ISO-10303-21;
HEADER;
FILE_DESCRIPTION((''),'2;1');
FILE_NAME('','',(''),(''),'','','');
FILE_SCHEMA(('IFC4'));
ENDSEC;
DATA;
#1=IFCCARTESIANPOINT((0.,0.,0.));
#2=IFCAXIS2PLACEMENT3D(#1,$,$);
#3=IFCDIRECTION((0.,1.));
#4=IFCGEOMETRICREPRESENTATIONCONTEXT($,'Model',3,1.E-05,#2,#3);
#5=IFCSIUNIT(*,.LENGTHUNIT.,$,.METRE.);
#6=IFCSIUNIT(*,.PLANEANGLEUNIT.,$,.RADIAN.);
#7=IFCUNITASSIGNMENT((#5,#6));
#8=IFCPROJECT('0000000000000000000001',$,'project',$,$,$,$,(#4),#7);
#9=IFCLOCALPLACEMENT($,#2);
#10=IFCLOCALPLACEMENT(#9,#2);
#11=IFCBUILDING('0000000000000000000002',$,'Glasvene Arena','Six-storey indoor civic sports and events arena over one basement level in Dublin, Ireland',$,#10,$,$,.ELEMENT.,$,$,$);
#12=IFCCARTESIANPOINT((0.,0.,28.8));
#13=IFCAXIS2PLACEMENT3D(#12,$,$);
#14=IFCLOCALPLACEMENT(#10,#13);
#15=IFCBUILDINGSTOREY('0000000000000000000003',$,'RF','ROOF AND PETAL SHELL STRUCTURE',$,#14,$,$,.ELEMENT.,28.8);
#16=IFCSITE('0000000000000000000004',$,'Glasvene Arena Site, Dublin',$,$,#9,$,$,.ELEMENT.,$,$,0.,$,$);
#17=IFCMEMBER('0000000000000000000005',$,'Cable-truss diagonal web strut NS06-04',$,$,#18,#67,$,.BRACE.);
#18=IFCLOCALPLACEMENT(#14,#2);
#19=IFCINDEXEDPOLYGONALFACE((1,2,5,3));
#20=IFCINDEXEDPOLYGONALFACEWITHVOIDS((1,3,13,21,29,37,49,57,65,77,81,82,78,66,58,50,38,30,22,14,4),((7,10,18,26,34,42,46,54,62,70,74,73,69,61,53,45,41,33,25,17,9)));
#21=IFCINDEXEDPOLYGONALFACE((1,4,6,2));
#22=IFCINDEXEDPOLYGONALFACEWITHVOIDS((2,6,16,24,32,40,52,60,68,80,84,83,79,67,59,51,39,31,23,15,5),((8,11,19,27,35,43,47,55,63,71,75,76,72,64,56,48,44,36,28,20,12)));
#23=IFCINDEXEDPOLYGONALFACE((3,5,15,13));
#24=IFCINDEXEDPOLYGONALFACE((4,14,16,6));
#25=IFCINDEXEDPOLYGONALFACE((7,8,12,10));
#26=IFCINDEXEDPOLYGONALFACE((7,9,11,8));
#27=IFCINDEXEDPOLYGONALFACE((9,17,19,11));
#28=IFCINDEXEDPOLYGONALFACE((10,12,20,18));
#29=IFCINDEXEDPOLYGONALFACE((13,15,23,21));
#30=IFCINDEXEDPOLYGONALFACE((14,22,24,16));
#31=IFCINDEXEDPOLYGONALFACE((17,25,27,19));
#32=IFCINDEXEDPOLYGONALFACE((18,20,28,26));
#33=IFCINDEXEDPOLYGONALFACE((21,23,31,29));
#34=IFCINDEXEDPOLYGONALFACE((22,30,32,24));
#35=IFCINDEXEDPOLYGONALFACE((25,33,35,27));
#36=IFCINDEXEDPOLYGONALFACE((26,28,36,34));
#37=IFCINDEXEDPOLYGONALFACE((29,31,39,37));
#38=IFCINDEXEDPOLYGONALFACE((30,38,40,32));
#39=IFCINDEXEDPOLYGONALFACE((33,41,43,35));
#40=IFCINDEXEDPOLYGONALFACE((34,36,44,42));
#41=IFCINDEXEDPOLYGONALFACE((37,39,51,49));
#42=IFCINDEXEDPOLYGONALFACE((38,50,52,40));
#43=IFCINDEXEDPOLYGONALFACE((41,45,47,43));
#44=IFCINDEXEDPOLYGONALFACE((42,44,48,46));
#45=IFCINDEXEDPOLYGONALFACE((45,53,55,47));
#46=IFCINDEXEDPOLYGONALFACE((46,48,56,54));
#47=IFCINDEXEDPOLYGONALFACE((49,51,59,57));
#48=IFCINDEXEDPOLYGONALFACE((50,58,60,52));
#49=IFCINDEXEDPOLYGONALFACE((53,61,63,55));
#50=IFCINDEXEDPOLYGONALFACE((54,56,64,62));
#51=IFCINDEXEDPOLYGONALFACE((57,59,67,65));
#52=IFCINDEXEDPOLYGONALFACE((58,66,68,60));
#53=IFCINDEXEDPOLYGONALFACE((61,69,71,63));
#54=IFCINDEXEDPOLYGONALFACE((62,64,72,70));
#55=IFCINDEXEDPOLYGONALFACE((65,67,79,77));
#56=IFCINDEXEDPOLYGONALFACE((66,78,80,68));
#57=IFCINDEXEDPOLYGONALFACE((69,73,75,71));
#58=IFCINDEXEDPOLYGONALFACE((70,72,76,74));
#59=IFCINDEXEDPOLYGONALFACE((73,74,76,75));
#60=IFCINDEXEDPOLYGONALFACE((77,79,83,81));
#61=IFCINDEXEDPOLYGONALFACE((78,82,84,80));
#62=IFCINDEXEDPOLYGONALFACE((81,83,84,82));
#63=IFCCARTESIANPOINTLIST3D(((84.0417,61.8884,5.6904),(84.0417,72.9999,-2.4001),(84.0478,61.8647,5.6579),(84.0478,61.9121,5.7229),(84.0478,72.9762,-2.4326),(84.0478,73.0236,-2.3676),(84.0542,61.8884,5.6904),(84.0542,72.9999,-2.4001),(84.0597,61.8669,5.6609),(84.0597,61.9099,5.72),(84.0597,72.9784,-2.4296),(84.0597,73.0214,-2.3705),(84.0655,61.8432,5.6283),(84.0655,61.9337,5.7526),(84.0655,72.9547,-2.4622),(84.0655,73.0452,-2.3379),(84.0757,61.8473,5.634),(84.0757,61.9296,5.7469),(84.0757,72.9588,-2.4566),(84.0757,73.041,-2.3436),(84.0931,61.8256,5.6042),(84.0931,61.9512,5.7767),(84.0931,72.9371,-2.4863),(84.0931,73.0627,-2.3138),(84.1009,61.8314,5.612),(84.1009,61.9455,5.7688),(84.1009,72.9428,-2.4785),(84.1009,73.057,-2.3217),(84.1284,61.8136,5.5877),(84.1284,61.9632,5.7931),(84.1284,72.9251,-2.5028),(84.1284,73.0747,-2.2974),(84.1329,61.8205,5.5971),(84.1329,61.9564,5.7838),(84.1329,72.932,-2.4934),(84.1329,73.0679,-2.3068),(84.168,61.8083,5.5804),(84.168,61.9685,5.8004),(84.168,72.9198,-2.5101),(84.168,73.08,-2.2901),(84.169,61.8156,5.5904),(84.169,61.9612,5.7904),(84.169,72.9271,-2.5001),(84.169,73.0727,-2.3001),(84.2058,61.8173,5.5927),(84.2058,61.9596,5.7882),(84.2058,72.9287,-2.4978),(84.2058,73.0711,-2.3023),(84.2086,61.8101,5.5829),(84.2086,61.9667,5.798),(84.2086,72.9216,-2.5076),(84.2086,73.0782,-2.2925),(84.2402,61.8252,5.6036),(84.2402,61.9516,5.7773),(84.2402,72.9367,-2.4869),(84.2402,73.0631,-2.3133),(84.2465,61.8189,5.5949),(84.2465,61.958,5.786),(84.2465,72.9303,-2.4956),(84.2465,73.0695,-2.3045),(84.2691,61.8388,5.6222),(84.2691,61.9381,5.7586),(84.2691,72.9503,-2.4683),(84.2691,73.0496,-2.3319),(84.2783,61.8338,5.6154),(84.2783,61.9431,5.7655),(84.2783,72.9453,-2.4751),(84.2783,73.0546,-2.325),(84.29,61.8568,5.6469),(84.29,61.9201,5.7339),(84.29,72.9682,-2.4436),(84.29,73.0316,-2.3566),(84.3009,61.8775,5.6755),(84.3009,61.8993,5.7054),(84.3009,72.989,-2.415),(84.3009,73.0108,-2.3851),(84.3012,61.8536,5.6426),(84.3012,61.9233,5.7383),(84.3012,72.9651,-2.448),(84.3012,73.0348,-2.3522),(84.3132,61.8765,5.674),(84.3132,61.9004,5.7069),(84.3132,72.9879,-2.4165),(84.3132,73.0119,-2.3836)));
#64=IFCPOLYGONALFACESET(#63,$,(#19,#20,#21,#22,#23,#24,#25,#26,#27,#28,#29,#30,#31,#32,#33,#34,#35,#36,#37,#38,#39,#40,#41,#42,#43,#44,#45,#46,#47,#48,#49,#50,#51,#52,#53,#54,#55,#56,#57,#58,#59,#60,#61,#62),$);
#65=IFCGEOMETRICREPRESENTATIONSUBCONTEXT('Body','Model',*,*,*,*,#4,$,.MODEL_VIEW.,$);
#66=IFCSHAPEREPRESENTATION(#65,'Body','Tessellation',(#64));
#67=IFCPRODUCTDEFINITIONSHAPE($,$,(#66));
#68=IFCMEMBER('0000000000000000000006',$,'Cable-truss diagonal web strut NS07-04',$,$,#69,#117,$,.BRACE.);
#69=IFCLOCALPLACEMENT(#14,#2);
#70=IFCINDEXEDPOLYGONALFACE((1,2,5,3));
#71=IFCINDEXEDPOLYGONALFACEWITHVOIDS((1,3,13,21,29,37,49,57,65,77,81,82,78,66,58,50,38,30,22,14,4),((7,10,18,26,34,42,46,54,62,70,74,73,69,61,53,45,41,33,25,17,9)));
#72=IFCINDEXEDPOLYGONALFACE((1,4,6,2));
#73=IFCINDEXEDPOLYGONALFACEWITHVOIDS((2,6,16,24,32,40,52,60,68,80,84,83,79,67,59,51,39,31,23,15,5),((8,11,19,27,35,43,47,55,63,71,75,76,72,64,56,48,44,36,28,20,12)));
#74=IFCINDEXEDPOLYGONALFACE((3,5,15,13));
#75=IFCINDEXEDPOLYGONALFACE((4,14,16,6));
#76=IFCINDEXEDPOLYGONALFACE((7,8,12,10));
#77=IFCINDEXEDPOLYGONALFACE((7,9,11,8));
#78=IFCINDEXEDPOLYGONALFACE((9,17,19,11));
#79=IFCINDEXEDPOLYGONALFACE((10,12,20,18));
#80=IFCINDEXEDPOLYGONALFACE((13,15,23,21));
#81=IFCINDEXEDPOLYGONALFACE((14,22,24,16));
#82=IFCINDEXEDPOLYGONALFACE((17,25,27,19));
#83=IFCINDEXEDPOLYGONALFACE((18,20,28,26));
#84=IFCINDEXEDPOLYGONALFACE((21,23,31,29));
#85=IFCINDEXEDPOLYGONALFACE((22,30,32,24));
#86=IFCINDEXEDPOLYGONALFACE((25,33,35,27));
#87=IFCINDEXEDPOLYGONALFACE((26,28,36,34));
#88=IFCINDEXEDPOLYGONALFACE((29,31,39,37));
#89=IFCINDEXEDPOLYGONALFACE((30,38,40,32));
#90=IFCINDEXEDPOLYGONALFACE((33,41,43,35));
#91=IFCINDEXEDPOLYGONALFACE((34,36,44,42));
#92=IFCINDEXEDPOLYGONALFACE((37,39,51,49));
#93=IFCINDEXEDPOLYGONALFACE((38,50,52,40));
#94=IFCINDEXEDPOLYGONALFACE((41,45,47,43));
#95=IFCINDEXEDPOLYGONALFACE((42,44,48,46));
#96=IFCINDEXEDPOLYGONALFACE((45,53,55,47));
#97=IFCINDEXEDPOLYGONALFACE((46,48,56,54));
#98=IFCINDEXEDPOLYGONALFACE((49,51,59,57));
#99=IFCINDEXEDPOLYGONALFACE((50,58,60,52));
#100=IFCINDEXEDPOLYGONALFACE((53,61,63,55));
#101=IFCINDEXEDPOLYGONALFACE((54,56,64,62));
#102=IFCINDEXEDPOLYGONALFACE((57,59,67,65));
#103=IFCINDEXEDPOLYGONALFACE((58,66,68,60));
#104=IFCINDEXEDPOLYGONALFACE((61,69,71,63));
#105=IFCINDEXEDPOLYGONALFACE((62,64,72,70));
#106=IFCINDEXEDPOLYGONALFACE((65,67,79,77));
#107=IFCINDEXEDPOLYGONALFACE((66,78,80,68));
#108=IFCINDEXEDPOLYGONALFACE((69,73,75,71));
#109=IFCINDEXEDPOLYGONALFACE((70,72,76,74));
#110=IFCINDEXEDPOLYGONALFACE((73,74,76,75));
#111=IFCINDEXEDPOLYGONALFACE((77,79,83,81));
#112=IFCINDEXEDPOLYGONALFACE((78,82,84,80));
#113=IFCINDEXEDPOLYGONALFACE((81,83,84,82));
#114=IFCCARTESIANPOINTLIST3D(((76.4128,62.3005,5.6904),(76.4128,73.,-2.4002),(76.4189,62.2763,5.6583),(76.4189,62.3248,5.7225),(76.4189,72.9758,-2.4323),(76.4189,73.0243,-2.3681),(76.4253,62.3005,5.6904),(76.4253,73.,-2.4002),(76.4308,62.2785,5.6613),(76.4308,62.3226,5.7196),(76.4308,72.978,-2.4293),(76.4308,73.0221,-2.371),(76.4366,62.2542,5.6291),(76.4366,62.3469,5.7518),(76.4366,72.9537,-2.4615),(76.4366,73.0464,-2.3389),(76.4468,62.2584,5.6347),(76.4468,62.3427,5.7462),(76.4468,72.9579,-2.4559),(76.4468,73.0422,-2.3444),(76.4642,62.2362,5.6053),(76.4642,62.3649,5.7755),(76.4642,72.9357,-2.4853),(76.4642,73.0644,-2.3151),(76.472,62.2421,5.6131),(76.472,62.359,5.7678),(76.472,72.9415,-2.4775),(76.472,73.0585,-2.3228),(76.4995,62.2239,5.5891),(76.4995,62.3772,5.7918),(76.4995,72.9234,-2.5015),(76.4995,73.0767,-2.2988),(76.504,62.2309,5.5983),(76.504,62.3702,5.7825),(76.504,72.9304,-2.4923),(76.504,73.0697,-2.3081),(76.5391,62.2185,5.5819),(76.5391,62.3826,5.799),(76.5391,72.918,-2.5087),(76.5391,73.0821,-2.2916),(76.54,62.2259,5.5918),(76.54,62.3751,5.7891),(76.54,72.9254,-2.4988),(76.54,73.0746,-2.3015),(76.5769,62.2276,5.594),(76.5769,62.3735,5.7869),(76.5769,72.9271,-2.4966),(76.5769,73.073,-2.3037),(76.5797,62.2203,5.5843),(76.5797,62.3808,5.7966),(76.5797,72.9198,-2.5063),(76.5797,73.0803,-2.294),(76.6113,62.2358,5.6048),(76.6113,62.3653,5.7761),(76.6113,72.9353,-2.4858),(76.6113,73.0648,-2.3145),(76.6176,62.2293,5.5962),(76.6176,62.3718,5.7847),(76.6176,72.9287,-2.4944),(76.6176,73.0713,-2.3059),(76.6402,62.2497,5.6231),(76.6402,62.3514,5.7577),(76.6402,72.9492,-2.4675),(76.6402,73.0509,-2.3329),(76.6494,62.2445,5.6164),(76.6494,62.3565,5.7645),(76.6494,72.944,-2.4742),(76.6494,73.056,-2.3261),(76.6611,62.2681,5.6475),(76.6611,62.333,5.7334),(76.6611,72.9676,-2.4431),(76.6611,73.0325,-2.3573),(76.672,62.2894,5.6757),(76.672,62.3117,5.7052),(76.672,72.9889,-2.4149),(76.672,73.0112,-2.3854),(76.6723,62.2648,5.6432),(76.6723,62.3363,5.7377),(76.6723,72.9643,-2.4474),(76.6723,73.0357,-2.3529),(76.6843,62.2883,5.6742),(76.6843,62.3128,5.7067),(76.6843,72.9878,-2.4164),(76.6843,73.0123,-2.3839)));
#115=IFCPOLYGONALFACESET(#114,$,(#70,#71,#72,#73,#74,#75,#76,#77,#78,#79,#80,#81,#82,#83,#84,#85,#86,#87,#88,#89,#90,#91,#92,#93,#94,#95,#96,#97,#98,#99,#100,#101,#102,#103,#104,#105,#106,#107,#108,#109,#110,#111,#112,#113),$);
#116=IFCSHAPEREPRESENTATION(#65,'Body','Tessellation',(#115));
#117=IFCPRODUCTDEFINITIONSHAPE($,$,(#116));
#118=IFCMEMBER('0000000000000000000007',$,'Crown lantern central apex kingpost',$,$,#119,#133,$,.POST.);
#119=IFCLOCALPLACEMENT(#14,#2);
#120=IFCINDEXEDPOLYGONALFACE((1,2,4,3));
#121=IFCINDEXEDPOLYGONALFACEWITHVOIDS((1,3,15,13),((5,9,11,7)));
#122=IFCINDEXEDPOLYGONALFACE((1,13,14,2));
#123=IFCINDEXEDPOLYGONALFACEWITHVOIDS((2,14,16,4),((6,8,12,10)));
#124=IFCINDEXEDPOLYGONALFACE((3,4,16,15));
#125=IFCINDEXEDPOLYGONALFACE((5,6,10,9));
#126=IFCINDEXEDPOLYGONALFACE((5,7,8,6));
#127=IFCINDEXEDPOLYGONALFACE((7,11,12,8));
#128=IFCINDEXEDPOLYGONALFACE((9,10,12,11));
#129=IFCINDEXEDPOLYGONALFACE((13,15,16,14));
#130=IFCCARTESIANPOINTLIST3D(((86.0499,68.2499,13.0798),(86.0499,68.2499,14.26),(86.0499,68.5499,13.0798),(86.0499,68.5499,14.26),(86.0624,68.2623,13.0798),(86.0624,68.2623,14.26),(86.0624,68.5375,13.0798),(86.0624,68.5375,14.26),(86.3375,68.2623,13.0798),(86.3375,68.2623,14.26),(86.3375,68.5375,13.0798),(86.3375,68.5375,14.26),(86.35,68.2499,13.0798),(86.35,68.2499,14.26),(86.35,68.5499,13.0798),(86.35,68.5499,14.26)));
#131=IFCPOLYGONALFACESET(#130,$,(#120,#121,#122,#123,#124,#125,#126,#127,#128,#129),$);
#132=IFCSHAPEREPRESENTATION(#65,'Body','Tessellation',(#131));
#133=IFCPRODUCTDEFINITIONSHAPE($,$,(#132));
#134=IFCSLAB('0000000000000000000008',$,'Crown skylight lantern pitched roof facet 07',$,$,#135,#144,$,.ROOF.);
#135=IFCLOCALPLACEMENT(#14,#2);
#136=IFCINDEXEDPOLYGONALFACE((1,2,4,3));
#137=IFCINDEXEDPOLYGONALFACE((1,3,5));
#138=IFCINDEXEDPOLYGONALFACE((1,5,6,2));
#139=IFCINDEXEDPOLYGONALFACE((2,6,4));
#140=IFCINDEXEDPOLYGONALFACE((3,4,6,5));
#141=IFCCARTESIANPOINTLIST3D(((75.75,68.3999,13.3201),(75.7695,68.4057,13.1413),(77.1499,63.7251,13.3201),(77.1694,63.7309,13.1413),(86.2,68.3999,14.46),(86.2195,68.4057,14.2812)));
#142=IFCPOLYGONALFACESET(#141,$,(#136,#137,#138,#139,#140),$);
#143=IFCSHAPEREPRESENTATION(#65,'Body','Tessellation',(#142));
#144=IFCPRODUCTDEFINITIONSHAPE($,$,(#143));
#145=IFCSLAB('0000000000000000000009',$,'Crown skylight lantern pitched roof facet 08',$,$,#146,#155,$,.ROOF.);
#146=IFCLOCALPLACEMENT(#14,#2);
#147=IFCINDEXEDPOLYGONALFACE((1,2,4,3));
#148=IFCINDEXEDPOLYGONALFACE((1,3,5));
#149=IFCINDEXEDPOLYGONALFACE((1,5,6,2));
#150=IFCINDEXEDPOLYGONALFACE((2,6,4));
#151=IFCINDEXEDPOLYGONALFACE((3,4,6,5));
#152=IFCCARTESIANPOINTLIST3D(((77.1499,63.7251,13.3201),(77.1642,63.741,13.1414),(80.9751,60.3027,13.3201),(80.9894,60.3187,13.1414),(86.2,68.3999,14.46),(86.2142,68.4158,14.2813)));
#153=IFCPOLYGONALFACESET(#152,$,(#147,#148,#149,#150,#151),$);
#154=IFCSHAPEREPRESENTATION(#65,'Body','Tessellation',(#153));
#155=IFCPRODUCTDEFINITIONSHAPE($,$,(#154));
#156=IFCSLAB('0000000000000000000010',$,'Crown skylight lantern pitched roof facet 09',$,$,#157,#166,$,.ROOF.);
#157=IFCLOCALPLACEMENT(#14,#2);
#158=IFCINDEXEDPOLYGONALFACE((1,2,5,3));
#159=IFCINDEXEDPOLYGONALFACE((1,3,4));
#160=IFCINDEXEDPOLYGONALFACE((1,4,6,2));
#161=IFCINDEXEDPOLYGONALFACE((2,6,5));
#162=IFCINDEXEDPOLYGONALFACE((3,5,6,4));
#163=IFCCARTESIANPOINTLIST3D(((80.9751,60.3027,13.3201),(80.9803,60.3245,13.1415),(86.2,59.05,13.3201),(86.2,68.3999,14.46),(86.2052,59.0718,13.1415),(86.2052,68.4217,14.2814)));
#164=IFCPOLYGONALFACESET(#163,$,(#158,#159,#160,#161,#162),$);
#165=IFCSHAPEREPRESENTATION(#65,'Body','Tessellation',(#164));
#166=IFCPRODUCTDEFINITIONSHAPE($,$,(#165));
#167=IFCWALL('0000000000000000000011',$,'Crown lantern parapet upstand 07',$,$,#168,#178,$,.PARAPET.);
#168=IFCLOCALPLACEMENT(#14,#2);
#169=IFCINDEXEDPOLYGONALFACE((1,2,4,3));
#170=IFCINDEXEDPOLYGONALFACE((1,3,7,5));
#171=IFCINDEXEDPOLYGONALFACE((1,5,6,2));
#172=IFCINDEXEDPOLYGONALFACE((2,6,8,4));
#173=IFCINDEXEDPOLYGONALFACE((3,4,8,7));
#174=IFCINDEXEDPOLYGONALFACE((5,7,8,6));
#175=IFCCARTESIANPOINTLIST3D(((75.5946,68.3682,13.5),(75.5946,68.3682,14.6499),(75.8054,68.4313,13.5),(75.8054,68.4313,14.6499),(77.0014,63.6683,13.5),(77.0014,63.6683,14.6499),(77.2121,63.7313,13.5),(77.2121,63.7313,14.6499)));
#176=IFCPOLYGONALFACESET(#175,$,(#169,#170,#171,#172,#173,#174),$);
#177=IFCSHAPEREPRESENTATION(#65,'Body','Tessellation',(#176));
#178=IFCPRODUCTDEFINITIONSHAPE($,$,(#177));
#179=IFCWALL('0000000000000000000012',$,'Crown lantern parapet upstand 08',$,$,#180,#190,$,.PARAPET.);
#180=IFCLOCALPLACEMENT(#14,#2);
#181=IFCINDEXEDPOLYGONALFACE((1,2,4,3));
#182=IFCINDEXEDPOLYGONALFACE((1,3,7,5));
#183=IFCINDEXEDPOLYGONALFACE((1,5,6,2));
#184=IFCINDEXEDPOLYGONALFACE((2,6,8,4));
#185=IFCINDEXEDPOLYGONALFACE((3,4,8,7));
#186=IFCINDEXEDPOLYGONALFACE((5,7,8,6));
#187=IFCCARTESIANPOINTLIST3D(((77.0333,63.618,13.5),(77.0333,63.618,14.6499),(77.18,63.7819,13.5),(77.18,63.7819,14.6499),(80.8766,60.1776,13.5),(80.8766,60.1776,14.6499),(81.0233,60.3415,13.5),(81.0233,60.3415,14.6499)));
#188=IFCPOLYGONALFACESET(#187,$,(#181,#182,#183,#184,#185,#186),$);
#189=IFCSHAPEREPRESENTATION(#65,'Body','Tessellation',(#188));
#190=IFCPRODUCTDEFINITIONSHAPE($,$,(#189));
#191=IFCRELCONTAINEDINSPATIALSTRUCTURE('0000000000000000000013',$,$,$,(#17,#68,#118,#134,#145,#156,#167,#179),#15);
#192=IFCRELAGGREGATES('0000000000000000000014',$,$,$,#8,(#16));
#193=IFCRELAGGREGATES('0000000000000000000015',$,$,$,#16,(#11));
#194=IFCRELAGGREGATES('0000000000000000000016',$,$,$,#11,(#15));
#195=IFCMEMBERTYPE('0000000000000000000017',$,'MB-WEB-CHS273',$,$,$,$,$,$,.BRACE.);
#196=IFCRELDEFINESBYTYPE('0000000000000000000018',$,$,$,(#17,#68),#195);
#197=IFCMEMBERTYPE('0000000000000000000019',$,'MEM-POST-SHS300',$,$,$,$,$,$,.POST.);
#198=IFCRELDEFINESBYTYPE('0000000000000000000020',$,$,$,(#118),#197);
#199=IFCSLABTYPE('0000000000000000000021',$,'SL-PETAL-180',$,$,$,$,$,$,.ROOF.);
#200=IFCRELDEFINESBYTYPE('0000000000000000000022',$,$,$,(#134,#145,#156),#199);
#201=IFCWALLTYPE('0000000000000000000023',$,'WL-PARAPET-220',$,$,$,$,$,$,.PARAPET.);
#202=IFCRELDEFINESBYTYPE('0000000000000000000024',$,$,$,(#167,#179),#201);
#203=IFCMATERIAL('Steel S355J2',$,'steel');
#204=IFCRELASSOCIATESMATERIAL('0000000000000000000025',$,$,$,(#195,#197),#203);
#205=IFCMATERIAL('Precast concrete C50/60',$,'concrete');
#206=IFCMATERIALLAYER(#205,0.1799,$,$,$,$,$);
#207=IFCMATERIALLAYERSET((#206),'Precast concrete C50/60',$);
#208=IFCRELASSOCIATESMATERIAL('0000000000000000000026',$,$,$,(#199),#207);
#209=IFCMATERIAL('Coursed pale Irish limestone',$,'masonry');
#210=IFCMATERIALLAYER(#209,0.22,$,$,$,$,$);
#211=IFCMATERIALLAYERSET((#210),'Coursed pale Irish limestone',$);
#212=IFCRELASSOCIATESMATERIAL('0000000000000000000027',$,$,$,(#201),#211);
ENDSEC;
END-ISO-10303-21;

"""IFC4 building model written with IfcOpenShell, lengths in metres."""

from ifc_helpers import new_model, si_unit, direction, frame, frame_2d, origin, origin_2d, place, context, subcontext, project, spatial, polyline, rectangle, hollow_rectangle, hollow_circle, outline, extrude, material, layer, layer_set, material_profile, profile_set, type_object, element, save


model = new_model("IFC4")

# Units and contexts
model_context = context("Model", 3, precision=1e-05, world=origin(), true_north=direction((0.0, 1.0)))
body_context = subcontext(model_context, "Body", "Model", "MODEL_VIEW")
ifc_project = project(units=[si_unit("LENGTHUNIT", "METRE"), si_unit("PLANEANGLEUNIT", "RADIAN")], contexts=[model_context])

# Site, building, storey
site_placement = place(None, origin())
site = spatial("IfcSite", under=ifc_project, at=site_placement, Name="Glasvene Arena Site, Dublin", CompositionType="ELEMENT", RefElevation=0.0)
building_placement = place(site_placement, origin())
building = spatial("IfcBuilding", under=site, at=building_placement, Name="Glasvene Arena", Description="Six-storey indoor civic sports and events arena over one basement level in Dublin, Ireland", CompositionType="ELEMENT")
storey_placement = place(building_placement, frame((0.0, 0.0, 28.8)))
storey = spatial("IfcBuildingStorey", under=building, at=storey_placement, Name="RF", Description="ROOF AND PETAL SHELL STRUCTURE", CompositionType="ELEMENT", Elevation=28.8)

# Shared definitions
ifc_material_1 = material(Name="Steel S355J2", Category="steel")

# Members
ifc_material_profile_1 = material_profile(ifc_material_1, hollow_circle(Radius=0.1365, WallThickness=0.0125, at=origin_2d()), Name="CHS 273.0x12.5")
ifc_profile_set_1 = profile_set([ifc_material_profile_1], Name="Steel S355J2")
member_type_1 = type_object("IfcMemberType", Name="MB-WEB-CHS273", PredefinedType="BRACE", material=ifc_profile_set_1)
member_1_placement = place(storey_placement, frame((84.1782, 61.8884, 5.6904), z_axis=(0.0, 0.80841, -0.58862), x_axis=(-1.0, 0.0, 0.0)))
element("IfcMember", 1, at=member_1_placement, inside=storey, type_object=member_type_1, Name="Cable-truss diagonal web strut NS06-04", PredefinedType="BRACE", context=body_context, shape_type="SweptSolid", body=[
    extrude(hollow_circle(Radius=0.1365, WallThickness=0.0125, at=origin_2d()), origin(), (0.0, 0.0, 1.0), 13.7449),
])
member_2_placement = place(storey_placement, frame((76.5493, 62.3005, 5.6904), z_axis=(0.0, 0.797633, -0.603143), x_axis=(-1.0, 0.0, 0.0)))
element("IfcMember", 2, at=member_2_placement, inside=storey, type_object=member_type_1, Name="Cable-truss diagonal web strut NS07-04", PredefinedType="BRACE", context=body_context, shape_type="SweptSolid", body=[
    extrude(hollow_circle(Radius=0.1365, WallThickness=0.0125, at=origin_2d()), origin(), (0.0, 0.0, 1.0), 13.4141),
])
ifc_material_profile_2 = material_profile(ifc_material_1, hollow_rectangle(XDim=0.3, YDim=0.3, WallThickness=0.0125, at=origin_2d()), Name="SHS 300x300x12.5")
ifc_profile_set_2 = profile_set([ifc_material_profile_2], Name="Steel S355J2")
member_type_2 = type_object("IfcMemberType", Name="MEM-POST-SHS300", PredefinedType="POST", material=ifc_profile_set_2)
member_3_placement = place(storey_placement, frame((86.2, 68.3999, 13.0798), z_axis=(0.0, 0.0, 1.0), x_axis=(1.0, 0.0, 0.0)))
element("IfcMember", 3, at=member_3_placement, inside=storey, type_object=member_type_2, Name="Crown lantern central apex kingpost", PredefinedType="POST", context=body_context, shape_type="SweptSolid", body=[
    extrude(hollow_rectangle(XDim=0.3, YDim=0.3, WallThickness=0.0125, at=origin_2d()), origin(), (0.0, 0.0, 1.0), 1.1802),
])

# Slabs
ifc_material_2 = material(Name="Precast concrete C50/60", Category="concrete")
ifc_layer_1 = layer(ifc_material_2, 0.1799)
ifc_layer_set_1 = layer_set([ifc_layer_1], Name="Precast concrete C50/60")
slab_type = type_object("IfcSlabType", Name="SL-PETAL-180", PredefinedType="ROOF", material=ifc_layer_set_1)
slab_1_placement = place(storey_placement, frame((75.75, 68.3999, 13.3201), z_axis=(-0.108381, -0.032455, 0.99358), x_axis=(0.286871, -0.957969, 0.0)))
element("IfcSlab", 4, at=slab_1_placement, inside=storey, type_object=slab_type, Name="Crown skylight lantern pitched roof facet 07", PredefinedType="ROOF", context=body_context, shape_type="SweptSolid", body=[
    extrude(outline(polyline([(0.0, 0.0), (4.8799, 0.0), (2.9978, 10.0754), (0.0, 0.0)])), origin(), (0.0, 0.0, -1.0), 0.1799),
])
slab_2_placement = place(storey_placement, frame((77.1499, 63.7251, 13.3201), z_axis=(-0.079285, -0.088618, 0.992905), x_axis=(0.745259, -0.666775, 0.0)))
element("IfcSlab", 5, at=slab_2_placement, inside=storey, type_object=slab_type, Name="Crown skylight lantern pitched roof facet 08", PredefinedType="ROOF", context=body_context, shape_type="SweptSolid", body=[
    extrude(outline(polyline([(0.0, 0.0), (5.1327, 0.0), (3.6276, 9.5863), (0.0, 0.0)])), origin(), (0.0, 0.0, -1.0), 0.1799),
])
slab_3_placement = place(storey_placement, frame((80.9751, 60.3027, 13.3201), z_axis=(-0.029003, -0.120969, 0.992233), x_axis=(0.972441, -0.233148, 0.0)))
element("IfcSlab", 6, at=slab_3_placement, inside=storey, type_object=slab_type, Name="Crown skylight lantern pitched roof facet 09", PredefinedType="ROOF", context=body_context, shape_type="SweptSolid", body=[
    extrude(outline(polyline([(0.0, 0.0), (5.3729, 0.0), (3.193, 9.1634), (0.0, 0.0)])), origin(), (0.0, 0.0, -1.0), 0.1799),
])

# Walls
ifc_material_3 = material(Name="Coursed pale Irish limestone", Category="masonry")
ifc_layer_2 = layer(ifc_material_3, 0.22)
ifc_layer_set_2 = layer_set([ifc_layer_2], Name="Coursed pale Irish limestone")
wall_type = type_object("IfcWallType", Name="WL-PARAPET-220", PredefinedType="PARAPET", material=ifc_layer_set_2)
wall_1_placement = place(storey_placement, frame((75.7, 68.3999, 13.5), z_axis=(0.0, 0.0, 1.0), x_axis=(0.286741, -0.958008, 0.0)))
element("IfcWall", 7, at=wall_1_placement, inside=storey, type_object=wall_type, Name="Crown lantern parapet upstand 07", PredefinedType="PARAPET", context=body_context, shape_type="SweptSolid", body=[
    extrude(rectangle(XDim=4.906, YDim=0.22, at=frame_2d((2.4531, 0.0))), origin(), (0.0, 0.0, 1.0), 1.1499),
])
wall_2_placement = place(storey_placement, frame((77.1067, 63.7, 13.5), z_axis=(0.0, 0.0, 1.0), x_axis=(0.745075, -0.66698, 0.0)))
element("IfcWall", 8, at=wall_2_placement, inside=storey, type_object=wall_type, Name="Crown lantern parapet upstand 08", PredefinedType="PARAPET", context=body_context, shape_type="SweptSolid", body=[
    extrude(rectangle(XDim=5.1582, YDim=0.22, at=frame_2d((2.5791, 0.0))), origin(), (0.0, 0.0, 1.0), 1.1499),
])

save(model, "model.ifc")
